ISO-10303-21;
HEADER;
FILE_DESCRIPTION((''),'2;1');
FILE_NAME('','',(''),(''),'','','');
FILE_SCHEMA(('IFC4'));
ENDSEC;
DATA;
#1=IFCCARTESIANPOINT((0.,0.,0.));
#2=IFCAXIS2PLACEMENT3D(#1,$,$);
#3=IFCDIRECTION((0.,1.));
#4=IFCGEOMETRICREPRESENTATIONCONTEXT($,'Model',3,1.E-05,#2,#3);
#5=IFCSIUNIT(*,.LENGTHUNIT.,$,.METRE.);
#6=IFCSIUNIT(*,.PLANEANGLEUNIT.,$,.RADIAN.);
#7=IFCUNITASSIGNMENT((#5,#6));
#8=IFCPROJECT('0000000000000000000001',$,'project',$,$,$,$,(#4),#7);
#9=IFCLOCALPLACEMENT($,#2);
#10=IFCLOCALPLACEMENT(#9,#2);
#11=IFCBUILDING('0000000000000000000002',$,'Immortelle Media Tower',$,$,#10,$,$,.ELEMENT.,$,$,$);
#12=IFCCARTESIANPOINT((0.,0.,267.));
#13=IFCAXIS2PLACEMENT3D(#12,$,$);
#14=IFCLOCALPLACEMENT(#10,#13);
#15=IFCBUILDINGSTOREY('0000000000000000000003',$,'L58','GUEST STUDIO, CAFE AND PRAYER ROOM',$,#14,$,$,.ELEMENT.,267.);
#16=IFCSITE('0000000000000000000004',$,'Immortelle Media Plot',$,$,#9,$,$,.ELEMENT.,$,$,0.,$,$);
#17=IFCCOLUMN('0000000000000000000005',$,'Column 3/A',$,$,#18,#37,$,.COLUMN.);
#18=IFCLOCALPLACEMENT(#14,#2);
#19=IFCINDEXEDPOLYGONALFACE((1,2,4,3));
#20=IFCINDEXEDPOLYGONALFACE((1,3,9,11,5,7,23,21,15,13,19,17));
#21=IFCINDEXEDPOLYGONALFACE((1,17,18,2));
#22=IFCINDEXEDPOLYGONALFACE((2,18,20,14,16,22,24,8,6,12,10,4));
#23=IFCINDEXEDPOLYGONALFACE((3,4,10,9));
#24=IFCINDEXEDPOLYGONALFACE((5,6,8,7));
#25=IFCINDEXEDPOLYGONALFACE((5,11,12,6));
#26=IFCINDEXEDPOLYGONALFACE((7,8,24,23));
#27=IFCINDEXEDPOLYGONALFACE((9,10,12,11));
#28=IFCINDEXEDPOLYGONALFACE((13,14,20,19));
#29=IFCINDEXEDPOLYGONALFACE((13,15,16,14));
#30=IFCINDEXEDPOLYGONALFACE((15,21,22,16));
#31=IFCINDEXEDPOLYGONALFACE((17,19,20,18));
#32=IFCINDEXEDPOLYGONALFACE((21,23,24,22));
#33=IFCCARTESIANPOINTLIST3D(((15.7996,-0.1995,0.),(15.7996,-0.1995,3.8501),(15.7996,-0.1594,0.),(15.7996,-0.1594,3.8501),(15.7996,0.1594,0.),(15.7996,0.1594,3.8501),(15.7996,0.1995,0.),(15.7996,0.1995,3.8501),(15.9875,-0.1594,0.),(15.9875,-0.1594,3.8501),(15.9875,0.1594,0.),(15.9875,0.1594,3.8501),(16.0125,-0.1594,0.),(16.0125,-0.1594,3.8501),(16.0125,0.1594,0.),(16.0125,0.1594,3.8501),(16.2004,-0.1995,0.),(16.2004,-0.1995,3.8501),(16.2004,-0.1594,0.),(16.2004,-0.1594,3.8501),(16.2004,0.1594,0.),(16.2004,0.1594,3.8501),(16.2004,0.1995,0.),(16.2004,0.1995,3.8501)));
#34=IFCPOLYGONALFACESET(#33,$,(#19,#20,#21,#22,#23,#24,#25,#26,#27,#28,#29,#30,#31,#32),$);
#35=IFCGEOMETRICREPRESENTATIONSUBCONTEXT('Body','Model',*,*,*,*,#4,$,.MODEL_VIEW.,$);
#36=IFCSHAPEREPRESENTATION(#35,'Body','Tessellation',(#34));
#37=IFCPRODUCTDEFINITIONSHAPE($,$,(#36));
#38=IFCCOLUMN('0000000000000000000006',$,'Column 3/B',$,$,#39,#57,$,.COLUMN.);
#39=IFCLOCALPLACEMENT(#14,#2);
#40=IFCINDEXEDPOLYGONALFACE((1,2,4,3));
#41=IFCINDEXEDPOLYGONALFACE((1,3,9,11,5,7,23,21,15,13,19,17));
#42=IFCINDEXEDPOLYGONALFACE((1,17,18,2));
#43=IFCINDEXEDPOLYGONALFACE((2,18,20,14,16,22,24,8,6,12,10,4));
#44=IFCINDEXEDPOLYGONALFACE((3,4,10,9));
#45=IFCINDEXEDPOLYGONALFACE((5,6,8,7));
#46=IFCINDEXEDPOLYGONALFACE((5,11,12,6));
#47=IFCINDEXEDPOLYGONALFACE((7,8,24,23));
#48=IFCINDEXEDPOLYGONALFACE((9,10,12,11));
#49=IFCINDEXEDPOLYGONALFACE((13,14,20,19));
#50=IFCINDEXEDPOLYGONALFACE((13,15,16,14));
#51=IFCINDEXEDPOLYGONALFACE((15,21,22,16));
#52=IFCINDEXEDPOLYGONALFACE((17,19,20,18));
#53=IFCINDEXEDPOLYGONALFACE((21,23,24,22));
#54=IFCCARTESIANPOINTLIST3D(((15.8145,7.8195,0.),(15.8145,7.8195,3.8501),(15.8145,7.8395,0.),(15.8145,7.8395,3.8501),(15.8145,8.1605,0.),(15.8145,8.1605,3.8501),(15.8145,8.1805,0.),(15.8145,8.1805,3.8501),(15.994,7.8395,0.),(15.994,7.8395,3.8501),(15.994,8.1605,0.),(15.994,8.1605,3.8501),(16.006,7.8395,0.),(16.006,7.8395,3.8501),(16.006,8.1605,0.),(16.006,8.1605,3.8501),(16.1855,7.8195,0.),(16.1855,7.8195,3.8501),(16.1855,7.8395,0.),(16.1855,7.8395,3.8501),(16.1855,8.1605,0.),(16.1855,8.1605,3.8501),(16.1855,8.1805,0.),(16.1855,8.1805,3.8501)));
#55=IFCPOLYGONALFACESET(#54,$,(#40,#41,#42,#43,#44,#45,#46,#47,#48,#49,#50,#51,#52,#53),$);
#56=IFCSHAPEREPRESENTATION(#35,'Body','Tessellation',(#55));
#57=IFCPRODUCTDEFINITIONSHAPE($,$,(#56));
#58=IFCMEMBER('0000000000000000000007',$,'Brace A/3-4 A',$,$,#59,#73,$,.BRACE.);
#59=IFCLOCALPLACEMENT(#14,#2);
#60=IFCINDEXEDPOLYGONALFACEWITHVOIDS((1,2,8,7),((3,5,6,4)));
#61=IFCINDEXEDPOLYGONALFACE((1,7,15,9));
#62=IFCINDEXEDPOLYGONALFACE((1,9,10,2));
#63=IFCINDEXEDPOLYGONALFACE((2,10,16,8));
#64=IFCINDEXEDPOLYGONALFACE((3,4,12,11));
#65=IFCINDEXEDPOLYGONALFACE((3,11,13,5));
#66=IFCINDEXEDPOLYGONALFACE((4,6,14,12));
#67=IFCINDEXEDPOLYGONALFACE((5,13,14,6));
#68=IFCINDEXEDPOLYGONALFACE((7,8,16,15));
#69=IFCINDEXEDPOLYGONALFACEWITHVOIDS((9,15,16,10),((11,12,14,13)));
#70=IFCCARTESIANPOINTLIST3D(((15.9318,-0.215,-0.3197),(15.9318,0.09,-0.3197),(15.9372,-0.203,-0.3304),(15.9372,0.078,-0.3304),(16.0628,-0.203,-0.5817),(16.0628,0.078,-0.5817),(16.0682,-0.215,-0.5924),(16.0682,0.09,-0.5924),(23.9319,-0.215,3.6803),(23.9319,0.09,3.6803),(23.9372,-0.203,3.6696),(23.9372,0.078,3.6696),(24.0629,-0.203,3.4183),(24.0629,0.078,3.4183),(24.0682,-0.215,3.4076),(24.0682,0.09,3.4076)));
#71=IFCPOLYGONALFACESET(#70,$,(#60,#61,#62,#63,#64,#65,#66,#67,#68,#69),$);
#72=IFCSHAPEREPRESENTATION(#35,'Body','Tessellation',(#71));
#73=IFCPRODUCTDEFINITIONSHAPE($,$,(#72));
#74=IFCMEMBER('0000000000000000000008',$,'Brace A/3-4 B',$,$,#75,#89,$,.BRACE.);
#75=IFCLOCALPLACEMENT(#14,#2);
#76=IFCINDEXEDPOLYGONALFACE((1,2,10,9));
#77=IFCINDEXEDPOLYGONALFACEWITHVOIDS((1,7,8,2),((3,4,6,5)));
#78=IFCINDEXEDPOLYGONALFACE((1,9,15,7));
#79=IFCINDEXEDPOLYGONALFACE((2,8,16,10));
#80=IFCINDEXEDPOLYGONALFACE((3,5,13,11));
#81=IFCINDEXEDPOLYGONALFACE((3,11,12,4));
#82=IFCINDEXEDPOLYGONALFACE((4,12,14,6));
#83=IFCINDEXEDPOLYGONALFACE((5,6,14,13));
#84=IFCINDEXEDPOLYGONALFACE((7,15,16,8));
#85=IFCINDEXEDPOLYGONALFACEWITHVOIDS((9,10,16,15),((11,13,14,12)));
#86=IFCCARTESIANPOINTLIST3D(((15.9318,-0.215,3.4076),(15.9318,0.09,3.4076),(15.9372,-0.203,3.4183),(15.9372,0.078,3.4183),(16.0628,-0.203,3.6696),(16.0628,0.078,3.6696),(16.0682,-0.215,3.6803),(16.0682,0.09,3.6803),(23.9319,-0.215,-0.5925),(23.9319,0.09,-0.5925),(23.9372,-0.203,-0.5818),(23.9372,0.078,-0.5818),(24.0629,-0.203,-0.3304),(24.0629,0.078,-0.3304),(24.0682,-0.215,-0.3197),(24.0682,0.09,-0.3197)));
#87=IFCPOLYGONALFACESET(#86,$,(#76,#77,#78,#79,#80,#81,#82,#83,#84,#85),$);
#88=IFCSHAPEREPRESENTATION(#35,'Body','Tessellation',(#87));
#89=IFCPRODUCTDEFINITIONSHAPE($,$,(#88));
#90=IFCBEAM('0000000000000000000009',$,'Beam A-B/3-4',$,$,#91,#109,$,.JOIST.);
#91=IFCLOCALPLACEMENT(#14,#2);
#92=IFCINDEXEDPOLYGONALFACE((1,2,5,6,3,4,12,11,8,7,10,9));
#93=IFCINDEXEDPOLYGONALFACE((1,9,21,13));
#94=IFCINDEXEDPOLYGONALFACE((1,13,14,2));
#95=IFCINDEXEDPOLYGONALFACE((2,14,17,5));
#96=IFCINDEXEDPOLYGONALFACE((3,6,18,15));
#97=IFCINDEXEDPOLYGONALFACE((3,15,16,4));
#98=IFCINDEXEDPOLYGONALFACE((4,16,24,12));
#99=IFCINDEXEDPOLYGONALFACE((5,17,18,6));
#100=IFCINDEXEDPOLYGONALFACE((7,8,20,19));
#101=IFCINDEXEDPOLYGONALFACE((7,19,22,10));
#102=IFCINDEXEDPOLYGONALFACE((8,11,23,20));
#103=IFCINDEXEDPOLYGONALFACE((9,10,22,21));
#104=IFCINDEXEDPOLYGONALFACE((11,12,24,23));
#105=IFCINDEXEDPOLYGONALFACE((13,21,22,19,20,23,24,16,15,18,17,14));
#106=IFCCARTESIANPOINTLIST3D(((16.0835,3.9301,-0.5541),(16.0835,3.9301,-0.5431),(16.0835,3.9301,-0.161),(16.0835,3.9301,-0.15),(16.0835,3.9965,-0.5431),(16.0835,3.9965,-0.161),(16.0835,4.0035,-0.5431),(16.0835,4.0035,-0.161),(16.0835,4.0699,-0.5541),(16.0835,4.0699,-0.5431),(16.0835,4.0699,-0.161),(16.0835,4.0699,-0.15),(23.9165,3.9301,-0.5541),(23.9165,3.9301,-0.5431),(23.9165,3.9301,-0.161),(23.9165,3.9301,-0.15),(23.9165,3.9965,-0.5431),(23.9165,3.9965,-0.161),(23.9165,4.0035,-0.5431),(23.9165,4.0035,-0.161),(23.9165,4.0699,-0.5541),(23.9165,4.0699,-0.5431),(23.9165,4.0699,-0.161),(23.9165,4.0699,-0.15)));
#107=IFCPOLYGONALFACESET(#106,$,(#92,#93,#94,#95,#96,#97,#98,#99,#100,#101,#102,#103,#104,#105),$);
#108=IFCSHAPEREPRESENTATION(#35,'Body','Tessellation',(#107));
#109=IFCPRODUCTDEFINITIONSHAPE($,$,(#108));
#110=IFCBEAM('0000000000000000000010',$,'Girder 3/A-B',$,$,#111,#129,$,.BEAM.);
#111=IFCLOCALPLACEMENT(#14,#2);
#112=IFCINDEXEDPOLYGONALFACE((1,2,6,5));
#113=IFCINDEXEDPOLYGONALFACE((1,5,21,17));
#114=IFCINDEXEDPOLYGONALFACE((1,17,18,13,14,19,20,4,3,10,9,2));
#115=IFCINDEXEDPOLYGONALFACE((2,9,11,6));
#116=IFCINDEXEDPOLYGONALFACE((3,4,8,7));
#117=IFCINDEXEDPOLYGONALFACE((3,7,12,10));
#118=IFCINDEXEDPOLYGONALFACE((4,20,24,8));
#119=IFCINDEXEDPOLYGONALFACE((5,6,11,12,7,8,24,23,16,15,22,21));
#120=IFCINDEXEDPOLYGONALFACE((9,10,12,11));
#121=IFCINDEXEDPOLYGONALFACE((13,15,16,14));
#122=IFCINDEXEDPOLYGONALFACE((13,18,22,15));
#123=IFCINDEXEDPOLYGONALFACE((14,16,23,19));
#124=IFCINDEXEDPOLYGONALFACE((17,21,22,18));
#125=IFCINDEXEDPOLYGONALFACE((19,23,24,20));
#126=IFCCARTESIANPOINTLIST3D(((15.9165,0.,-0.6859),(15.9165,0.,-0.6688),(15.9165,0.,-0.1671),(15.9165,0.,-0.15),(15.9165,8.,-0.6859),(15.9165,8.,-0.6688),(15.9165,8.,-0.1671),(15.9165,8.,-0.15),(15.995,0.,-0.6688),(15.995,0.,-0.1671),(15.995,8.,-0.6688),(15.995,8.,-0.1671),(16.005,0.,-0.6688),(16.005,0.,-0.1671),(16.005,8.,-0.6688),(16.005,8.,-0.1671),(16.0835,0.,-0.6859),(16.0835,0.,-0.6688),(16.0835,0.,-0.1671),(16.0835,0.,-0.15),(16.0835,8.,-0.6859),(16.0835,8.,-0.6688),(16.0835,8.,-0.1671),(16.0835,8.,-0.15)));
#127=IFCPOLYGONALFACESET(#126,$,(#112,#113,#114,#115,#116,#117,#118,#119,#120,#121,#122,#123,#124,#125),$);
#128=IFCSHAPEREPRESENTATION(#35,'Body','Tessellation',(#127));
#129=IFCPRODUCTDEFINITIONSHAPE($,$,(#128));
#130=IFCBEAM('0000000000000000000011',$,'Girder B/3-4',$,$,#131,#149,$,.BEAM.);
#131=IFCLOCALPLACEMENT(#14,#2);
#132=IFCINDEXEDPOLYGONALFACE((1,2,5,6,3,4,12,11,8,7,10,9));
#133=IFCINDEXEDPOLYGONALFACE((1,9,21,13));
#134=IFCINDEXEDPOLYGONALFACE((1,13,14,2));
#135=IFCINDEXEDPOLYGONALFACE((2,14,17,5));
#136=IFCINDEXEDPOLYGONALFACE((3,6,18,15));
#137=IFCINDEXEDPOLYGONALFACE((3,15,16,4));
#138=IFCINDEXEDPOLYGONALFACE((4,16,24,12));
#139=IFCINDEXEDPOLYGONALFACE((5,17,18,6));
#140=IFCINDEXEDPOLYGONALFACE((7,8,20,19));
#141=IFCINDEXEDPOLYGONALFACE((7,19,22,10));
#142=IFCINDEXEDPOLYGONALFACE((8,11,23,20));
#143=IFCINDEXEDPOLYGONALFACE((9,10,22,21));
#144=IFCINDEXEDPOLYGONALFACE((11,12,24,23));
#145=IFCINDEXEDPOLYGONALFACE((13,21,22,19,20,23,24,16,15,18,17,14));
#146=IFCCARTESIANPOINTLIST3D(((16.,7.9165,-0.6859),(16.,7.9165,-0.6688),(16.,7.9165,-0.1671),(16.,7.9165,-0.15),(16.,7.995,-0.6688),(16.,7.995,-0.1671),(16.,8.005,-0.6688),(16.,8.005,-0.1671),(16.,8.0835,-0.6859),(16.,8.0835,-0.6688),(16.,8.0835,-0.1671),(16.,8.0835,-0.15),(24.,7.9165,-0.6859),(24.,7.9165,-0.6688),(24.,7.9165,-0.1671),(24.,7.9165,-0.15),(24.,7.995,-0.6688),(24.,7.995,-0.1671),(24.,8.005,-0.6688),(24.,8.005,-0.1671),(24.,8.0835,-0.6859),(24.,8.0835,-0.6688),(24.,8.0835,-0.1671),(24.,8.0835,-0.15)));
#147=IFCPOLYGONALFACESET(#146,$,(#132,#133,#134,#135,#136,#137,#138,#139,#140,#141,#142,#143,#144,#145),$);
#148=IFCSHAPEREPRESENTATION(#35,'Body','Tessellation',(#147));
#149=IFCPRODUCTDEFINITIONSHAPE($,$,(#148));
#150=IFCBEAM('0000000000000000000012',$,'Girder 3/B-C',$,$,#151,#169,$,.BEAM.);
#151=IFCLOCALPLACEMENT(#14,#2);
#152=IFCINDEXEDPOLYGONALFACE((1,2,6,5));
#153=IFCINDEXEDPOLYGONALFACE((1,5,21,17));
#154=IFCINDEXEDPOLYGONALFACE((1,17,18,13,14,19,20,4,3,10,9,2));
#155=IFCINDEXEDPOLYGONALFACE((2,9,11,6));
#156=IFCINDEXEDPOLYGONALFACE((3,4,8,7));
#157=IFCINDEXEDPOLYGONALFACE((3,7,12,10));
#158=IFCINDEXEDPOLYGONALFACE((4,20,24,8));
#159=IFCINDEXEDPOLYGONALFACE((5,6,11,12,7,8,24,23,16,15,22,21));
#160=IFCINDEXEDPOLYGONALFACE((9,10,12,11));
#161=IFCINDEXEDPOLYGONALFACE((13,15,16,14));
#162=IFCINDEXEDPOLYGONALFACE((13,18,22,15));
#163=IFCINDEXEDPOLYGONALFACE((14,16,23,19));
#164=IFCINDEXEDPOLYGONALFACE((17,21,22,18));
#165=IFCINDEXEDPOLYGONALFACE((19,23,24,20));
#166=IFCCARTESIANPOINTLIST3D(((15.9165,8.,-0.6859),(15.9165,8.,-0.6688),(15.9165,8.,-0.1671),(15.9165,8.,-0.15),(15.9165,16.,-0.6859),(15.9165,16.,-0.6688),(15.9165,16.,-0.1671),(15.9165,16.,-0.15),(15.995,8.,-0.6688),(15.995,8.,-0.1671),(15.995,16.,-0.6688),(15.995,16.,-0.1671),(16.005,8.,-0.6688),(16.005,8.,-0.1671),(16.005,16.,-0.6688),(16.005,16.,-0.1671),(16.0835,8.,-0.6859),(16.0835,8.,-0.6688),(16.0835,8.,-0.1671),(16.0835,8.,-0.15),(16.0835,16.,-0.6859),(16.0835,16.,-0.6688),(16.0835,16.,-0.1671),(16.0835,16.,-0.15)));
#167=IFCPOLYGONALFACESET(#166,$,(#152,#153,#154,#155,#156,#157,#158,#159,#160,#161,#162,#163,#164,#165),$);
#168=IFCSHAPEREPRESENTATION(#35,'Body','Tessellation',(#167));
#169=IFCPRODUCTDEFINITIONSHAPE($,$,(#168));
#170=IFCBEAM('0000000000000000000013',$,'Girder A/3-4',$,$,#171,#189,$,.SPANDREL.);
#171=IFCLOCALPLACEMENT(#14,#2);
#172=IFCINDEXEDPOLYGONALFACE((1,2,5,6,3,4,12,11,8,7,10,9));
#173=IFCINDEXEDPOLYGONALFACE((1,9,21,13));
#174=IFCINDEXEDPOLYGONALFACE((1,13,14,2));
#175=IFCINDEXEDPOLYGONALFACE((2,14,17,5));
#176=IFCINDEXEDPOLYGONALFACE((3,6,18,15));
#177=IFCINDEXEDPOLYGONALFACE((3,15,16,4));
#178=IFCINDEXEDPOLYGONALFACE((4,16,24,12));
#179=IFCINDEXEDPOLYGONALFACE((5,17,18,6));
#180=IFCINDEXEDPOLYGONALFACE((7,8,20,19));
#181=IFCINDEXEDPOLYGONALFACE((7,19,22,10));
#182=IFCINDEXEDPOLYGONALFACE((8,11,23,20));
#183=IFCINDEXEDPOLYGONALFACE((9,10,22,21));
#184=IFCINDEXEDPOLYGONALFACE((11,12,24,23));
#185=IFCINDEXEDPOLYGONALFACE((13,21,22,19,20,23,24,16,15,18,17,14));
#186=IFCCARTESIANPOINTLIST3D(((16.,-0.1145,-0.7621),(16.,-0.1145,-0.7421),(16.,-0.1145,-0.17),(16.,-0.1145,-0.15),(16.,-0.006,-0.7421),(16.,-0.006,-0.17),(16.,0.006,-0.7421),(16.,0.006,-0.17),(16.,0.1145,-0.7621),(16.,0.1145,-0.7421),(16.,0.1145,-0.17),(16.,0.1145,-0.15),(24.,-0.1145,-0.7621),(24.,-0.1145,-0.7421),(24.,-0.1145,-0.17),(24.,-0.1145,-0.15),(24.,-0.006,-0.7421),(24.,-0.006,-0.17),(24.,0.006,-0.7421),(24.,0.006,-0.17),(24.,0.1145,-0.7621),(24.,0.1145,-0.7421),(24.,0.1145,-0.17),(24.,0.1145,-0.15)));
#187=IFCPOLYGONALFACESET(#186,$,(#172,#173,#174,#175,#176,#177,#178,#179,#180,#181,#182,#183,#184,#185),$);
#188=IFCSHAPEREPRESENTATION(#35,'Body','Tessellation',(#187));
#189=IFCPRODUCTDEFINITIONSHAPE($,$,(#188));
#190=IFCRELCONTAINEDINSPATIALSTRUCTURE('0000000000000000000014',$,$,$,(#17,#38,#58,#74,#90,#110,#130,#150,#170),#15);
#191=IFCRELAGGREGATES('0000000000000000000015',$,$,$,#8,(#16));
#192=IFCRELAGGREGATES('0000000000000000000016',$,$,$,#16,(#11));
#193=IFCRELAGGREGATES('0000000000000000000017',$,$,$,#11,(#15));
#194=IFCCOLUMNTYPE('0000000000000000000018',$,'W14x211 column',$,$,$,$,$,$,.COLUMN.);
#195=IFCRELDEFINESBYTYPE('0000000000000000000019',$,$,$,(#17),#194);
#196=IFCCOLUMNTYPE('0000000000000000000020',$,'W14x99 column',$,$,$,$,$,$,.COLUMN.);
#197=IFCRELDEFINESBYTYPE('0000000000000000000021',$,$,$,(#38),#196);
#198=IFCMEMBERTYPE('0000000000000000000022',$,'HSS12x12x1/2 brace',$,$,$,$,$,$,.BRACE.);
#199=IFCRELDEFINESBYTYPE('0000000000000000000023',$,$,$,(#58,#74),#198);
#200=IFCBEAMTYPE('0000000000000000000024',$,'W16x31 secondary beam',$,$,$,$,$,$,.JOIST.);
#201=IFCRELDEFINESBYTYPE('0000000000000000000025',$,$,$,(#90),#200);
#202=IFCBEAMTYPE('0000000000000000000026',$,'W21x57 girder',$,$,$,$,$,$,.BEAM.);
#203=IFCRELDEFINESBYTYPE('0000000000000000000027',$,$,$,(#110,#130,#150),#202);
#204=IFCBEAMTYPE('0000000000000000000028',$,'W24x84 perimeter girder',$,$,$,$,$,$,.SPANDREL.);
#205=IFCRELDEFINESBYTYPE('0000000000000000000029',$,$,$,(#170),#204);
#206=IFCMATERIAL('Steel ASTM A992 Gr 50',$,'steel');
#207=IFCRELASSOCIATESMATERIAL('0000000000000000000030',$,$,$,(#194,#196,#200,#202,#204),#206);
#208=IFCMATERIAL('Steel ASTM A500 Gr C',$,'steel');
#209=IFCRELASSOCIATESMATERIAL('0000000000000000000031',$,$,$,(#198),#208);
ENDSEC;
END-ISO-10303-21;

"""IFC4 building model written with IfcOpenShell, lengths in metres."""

from ifc_helpers import new_model, si_unit, direction, frame, origin, origin_2d, place, context, subcontext, project, spatial, hollow_rectangle, i_section, extrude, material, material_profile, profile_set, type_object, element, save


model = new_model("IFC4")

# Units and contexts
model_context = context("Model", 3, precision=1e-05, world=origin(), true_north=direction((0.0, 1.0)))
body_context = subcontext(model_context, "Body", "Model", "MODEL_VIEW")
ifc_project = project(units=[si_unit("LENGTHUNIT", "METRE"), si_unit("PLANEANGLEUNIT", "RADIAN")], contexts=[model_context])

# Site, building, storey
site_placement = place(None, origin())
site = spatial("IfcSite", under=ifc_project, at=site_placement, Name="Immortelle Media Plot", CompositionType="ELEMENT", RefElevation=0.0)
building_placement = place(site_placement, origin())
building = spatial("IfcBuilding", under=site, at=building_placement, Name="Immortelle Media Tower", CompositionType="ELEMENT")
storey_placement = place(building_placement, frame((0.0, 0.0, 267.0)))
storey = spatial("IfcBuildingStorey", under=building, at=storey_placement, Name="L58", Description="GUEST STUDIO, CAFE AND PRAYER ROOM", CompositionType="ELEMENT", Elevation=267.0)

# Columns
ifc_material_1 = material(Name="Steel ASTM A992 Gr 50", Category="steel")
ifc_material_profile_1 = material_profile(ifc_material_1, i_section(OverallWidth=0.4009, OverallDepth=0.3989, WebThickness=0.0249, FlangeThickness=0.04, at=origin_2d()), Name="W14x211")
ifc_profile_set_1 = profile_set([ifc_material_profile_1], Name="Steel ASTM A992 Gr 50")
column_type_1 = type_object("IfcColumnType", Name="W14x211 column", PredefinedType="COLUMN", material=ifc_profile_set_1)
column_1_placement = place(storey_placement, frame((16.0, 0.0, 0.0), z_axis=(0.0, 0.0, 1.0), x_axis=(1.0, 0.0, 0.0)))
element("IfcColumn", 1, at=column_1_placement, inside=storey, type_object=column_type_1, Name="Column 3/A", PredefinedType="COLUMN", context=body_context, shape_type="SweptSolid", body=[
    extrude(i_section(OverallWidth=0.4009, OverallDepth=0.3989, WebThickness=0.0249, FlangeThickness=0.04, at=origin_2d()), origin(), (0.0, 0.0, 1.0), 3.8501),
])
ifc_material_profile_2 = material_profile(ifc_material_1, i_section(OverallWidth=0.3711, OverallDepth=0.3611, WebThickness=0.012, FlangeThickness=0.02, at=origin_2d()), Name="W14x99")
ifc_profile_set_2 = profile_set([ifc_material_profile_2], Name="Steel ASTM A992 Gr 50")
column_type_2 = type_object("IfcColumnType", Name="W14x99 column", PredefinedType="COLUMN", material=ifc_profile_set_2)
column_2_placement = place(storey_placement, frame((16.0, 8.0, 0.0), z_axis=(0.0, 0.0, 1.0), x_axis=(1.0, 0.0, 0.0)))
element("IfcColumn", 2, at=column_2_placement, inside=storey, type_object=column_type_2, Name="Column 3/B", PredefinedType="COLUMN", context=body_context, shape_type="SweptSolid", body=[
    extrude(i_section(OverallWidth=0.3711, OverallDepth=0.3611, WebThickness=0.012, FlangeThickness=0.02, at=origin_2d()), origin(), (0.0, 0.0, 1.0), 3.8501),
])

# Members
ifc_material_2 = material(Name="Steel ASTM A500 Gr C", Category="steel")
ifc_material_profile_3 = material_profile(ifc_material_2, hollow_rectangle(XDim=0.3049, YDim=0.3049, WallThickness=0.012, at=origin_2d()), Name="HSS12x12x1/2 brace")
ifc_profile_set_3 = profile_set([ifc_material_profile_3], Name="Steel ASTM A500 Gr C")
member_type = type_object("IfcMemberType", Name="HSS12x12x1/2 brace", PredefinedType="BRACE", material=ifc_profile_set_3)
for number, where, z_axis, x_axis, name in (
    (3, (16.0, -0.0625, -0.4561), (0.894427, 0.0, 0.447214), (0.0, 1.0, 0.0), "Brace A/3-4 A"),
    (4, (16.0, -0.0625, 3.5439), (0.894427, 0.0, -0.447214), (0.0, 1.0, 0.0), "Brace A/3-4 B"),
):
    element("IfcMember", number, at=place(storey_placement, frame(where, z_axis=z_axis, x_axis=x_axis)), inside=storey, type_object=member_type, Name=name, PredefinedType="BRACE", context=body_context, shape_type="SweptSolid", body=[
        extrude(hollow_rectangle(XDim=0.3049, YDim=0.3049, WallThickness=0.012, at=origin_2d()), origin(), (0.0, 0.0, 1.0), 8.9443),
    ])

# Beams
ifc_material_profile_4 = material_profile(ifc_material_1, i_section(OverallWidth=0.1399, OverallDepth=0.4041, WebThickness=0.0071, FlangeThickness=0.011, at=origin_2d()), Name="W16x31")
ifc_profile_set_4 = profile_set([ifc_material_profile_4], Name="Steel ASTM A992 Gr 50")
beam_type_1 = type_object("IfcBeamType", Name="W16x31 secondary beam", PredefinedType="JOIST", material=ifc_profile_set_4)
beam_1_placement = place(storey_placement, frame((16.0835, 4.0, -0.3521), z_axis=(1.0, 0.0, 0.0), x_axis=(0.0, 1.0, 0.0)))
element("IfcBeam", 5, at=beam_1_placement, inside=storey, type_object=beam_type_1, Name="Beam A-B/3-4", PredefinedType="JOIST", context=body_context, shape_type="SweptSolid", body=[
    extrude(i_section(OverallWidth=0.1399, OverallDepth=0.4041, WebThickness=0.0071, FlangeThickness=0.011, at=origin_2d()), origin(), (0.0, 0.0, 1.0), 7.833),
])
ifc_material_profile_5 = material_profile(ifc_material_1, i_section(OverallWidth=0.167, OverallDepth=0.5359, WebThickness=0.01, FlangeThickness=0.0171, at=origin_2d()), Name="W21x57")
ifc_profile_set_5 = profile_set([ifc_material_profile_5], Name="Steel ASTM A992 Gr 50")
beam_type_2 = type_object("IfcBeamType", Name="W21x57 girder", PredefinedType="BEAM", material=ifc_profile_set_5)
for number, where, z_axis, x_axis, name in (
    (6, (16.0, 0.0, -0.418), (0.0, 1.0, 0.0), (-1.0, 0.0, 0.0), "Girder 3/A-B"),
    (7, (16.0, 8.0, -0.418), (1.0, 0.0, 0.0), (0.0, 1.0, 0.0), "Girder B/3-4"),
    (8, (16.0, 8.0, -0.418), (0.0, 1.0, 0.0), (-1.0, 0.0, 0.0), "Girder 3/B-C"),
):
    element("IfcBeam", number, at=place(storey_placement, frame(where, z_axis=z_axis, x_axis=x_axis)), inside=storey, type_object=beam_type_2, Name=name, PredefinedType="BEAM", context=body_context, shape_type="SweptSolid", body=[
        extrude(i_section(OverallWidth=0.167, OverallDepth=0.5359, WebThickness=0.01, FlangeThickness=0.0171, at=origin_2d()), origin(), (0.0, 0.0, 1.0), 8.0),
    ])
ifc_material_profile_6 = material_profile(ifc_material_1, i_section(OverallWidth=0.229, OverallDepth=0.6121, WebThickness=0.012, FlangeThickness=0.02, at=origin_2d()), Name="W24x84")
ifc_profile_set_6 = profile_set([ifc_material_profile_6], Name="Steel ASTM A992 Gr 50")
beam_type_3 = type_object("IfcBeamType", Name="W24x84 perimeter girder", PredefinedType="SPANDREL", material=ifc_profile_set_6)
beam_2_placement = place(storey_placement, frame((16.0, 0.0, -0.4561), z_axis=(1.0, 0.0, 0.0), x_axis=(0.0, 1.0, 0.0)))
element("IfcBeam", 9, at=beam_2_placement, inside=storey, type_object=beam_type_3, Name="Girder A/3-4", PredefinedType="SPANDREL", context=body_context, shape_type="SweptSolid", body=[
    extrude(i_section(OverallWidth=0.229, OverallDepth=0.6121, WebThickness=0.012, FlangeThickness=0.02, at=origin_2d()), origin(), (0.0, 0.0, 1.0), 8.0),
])

save(model, "model.ifc")
